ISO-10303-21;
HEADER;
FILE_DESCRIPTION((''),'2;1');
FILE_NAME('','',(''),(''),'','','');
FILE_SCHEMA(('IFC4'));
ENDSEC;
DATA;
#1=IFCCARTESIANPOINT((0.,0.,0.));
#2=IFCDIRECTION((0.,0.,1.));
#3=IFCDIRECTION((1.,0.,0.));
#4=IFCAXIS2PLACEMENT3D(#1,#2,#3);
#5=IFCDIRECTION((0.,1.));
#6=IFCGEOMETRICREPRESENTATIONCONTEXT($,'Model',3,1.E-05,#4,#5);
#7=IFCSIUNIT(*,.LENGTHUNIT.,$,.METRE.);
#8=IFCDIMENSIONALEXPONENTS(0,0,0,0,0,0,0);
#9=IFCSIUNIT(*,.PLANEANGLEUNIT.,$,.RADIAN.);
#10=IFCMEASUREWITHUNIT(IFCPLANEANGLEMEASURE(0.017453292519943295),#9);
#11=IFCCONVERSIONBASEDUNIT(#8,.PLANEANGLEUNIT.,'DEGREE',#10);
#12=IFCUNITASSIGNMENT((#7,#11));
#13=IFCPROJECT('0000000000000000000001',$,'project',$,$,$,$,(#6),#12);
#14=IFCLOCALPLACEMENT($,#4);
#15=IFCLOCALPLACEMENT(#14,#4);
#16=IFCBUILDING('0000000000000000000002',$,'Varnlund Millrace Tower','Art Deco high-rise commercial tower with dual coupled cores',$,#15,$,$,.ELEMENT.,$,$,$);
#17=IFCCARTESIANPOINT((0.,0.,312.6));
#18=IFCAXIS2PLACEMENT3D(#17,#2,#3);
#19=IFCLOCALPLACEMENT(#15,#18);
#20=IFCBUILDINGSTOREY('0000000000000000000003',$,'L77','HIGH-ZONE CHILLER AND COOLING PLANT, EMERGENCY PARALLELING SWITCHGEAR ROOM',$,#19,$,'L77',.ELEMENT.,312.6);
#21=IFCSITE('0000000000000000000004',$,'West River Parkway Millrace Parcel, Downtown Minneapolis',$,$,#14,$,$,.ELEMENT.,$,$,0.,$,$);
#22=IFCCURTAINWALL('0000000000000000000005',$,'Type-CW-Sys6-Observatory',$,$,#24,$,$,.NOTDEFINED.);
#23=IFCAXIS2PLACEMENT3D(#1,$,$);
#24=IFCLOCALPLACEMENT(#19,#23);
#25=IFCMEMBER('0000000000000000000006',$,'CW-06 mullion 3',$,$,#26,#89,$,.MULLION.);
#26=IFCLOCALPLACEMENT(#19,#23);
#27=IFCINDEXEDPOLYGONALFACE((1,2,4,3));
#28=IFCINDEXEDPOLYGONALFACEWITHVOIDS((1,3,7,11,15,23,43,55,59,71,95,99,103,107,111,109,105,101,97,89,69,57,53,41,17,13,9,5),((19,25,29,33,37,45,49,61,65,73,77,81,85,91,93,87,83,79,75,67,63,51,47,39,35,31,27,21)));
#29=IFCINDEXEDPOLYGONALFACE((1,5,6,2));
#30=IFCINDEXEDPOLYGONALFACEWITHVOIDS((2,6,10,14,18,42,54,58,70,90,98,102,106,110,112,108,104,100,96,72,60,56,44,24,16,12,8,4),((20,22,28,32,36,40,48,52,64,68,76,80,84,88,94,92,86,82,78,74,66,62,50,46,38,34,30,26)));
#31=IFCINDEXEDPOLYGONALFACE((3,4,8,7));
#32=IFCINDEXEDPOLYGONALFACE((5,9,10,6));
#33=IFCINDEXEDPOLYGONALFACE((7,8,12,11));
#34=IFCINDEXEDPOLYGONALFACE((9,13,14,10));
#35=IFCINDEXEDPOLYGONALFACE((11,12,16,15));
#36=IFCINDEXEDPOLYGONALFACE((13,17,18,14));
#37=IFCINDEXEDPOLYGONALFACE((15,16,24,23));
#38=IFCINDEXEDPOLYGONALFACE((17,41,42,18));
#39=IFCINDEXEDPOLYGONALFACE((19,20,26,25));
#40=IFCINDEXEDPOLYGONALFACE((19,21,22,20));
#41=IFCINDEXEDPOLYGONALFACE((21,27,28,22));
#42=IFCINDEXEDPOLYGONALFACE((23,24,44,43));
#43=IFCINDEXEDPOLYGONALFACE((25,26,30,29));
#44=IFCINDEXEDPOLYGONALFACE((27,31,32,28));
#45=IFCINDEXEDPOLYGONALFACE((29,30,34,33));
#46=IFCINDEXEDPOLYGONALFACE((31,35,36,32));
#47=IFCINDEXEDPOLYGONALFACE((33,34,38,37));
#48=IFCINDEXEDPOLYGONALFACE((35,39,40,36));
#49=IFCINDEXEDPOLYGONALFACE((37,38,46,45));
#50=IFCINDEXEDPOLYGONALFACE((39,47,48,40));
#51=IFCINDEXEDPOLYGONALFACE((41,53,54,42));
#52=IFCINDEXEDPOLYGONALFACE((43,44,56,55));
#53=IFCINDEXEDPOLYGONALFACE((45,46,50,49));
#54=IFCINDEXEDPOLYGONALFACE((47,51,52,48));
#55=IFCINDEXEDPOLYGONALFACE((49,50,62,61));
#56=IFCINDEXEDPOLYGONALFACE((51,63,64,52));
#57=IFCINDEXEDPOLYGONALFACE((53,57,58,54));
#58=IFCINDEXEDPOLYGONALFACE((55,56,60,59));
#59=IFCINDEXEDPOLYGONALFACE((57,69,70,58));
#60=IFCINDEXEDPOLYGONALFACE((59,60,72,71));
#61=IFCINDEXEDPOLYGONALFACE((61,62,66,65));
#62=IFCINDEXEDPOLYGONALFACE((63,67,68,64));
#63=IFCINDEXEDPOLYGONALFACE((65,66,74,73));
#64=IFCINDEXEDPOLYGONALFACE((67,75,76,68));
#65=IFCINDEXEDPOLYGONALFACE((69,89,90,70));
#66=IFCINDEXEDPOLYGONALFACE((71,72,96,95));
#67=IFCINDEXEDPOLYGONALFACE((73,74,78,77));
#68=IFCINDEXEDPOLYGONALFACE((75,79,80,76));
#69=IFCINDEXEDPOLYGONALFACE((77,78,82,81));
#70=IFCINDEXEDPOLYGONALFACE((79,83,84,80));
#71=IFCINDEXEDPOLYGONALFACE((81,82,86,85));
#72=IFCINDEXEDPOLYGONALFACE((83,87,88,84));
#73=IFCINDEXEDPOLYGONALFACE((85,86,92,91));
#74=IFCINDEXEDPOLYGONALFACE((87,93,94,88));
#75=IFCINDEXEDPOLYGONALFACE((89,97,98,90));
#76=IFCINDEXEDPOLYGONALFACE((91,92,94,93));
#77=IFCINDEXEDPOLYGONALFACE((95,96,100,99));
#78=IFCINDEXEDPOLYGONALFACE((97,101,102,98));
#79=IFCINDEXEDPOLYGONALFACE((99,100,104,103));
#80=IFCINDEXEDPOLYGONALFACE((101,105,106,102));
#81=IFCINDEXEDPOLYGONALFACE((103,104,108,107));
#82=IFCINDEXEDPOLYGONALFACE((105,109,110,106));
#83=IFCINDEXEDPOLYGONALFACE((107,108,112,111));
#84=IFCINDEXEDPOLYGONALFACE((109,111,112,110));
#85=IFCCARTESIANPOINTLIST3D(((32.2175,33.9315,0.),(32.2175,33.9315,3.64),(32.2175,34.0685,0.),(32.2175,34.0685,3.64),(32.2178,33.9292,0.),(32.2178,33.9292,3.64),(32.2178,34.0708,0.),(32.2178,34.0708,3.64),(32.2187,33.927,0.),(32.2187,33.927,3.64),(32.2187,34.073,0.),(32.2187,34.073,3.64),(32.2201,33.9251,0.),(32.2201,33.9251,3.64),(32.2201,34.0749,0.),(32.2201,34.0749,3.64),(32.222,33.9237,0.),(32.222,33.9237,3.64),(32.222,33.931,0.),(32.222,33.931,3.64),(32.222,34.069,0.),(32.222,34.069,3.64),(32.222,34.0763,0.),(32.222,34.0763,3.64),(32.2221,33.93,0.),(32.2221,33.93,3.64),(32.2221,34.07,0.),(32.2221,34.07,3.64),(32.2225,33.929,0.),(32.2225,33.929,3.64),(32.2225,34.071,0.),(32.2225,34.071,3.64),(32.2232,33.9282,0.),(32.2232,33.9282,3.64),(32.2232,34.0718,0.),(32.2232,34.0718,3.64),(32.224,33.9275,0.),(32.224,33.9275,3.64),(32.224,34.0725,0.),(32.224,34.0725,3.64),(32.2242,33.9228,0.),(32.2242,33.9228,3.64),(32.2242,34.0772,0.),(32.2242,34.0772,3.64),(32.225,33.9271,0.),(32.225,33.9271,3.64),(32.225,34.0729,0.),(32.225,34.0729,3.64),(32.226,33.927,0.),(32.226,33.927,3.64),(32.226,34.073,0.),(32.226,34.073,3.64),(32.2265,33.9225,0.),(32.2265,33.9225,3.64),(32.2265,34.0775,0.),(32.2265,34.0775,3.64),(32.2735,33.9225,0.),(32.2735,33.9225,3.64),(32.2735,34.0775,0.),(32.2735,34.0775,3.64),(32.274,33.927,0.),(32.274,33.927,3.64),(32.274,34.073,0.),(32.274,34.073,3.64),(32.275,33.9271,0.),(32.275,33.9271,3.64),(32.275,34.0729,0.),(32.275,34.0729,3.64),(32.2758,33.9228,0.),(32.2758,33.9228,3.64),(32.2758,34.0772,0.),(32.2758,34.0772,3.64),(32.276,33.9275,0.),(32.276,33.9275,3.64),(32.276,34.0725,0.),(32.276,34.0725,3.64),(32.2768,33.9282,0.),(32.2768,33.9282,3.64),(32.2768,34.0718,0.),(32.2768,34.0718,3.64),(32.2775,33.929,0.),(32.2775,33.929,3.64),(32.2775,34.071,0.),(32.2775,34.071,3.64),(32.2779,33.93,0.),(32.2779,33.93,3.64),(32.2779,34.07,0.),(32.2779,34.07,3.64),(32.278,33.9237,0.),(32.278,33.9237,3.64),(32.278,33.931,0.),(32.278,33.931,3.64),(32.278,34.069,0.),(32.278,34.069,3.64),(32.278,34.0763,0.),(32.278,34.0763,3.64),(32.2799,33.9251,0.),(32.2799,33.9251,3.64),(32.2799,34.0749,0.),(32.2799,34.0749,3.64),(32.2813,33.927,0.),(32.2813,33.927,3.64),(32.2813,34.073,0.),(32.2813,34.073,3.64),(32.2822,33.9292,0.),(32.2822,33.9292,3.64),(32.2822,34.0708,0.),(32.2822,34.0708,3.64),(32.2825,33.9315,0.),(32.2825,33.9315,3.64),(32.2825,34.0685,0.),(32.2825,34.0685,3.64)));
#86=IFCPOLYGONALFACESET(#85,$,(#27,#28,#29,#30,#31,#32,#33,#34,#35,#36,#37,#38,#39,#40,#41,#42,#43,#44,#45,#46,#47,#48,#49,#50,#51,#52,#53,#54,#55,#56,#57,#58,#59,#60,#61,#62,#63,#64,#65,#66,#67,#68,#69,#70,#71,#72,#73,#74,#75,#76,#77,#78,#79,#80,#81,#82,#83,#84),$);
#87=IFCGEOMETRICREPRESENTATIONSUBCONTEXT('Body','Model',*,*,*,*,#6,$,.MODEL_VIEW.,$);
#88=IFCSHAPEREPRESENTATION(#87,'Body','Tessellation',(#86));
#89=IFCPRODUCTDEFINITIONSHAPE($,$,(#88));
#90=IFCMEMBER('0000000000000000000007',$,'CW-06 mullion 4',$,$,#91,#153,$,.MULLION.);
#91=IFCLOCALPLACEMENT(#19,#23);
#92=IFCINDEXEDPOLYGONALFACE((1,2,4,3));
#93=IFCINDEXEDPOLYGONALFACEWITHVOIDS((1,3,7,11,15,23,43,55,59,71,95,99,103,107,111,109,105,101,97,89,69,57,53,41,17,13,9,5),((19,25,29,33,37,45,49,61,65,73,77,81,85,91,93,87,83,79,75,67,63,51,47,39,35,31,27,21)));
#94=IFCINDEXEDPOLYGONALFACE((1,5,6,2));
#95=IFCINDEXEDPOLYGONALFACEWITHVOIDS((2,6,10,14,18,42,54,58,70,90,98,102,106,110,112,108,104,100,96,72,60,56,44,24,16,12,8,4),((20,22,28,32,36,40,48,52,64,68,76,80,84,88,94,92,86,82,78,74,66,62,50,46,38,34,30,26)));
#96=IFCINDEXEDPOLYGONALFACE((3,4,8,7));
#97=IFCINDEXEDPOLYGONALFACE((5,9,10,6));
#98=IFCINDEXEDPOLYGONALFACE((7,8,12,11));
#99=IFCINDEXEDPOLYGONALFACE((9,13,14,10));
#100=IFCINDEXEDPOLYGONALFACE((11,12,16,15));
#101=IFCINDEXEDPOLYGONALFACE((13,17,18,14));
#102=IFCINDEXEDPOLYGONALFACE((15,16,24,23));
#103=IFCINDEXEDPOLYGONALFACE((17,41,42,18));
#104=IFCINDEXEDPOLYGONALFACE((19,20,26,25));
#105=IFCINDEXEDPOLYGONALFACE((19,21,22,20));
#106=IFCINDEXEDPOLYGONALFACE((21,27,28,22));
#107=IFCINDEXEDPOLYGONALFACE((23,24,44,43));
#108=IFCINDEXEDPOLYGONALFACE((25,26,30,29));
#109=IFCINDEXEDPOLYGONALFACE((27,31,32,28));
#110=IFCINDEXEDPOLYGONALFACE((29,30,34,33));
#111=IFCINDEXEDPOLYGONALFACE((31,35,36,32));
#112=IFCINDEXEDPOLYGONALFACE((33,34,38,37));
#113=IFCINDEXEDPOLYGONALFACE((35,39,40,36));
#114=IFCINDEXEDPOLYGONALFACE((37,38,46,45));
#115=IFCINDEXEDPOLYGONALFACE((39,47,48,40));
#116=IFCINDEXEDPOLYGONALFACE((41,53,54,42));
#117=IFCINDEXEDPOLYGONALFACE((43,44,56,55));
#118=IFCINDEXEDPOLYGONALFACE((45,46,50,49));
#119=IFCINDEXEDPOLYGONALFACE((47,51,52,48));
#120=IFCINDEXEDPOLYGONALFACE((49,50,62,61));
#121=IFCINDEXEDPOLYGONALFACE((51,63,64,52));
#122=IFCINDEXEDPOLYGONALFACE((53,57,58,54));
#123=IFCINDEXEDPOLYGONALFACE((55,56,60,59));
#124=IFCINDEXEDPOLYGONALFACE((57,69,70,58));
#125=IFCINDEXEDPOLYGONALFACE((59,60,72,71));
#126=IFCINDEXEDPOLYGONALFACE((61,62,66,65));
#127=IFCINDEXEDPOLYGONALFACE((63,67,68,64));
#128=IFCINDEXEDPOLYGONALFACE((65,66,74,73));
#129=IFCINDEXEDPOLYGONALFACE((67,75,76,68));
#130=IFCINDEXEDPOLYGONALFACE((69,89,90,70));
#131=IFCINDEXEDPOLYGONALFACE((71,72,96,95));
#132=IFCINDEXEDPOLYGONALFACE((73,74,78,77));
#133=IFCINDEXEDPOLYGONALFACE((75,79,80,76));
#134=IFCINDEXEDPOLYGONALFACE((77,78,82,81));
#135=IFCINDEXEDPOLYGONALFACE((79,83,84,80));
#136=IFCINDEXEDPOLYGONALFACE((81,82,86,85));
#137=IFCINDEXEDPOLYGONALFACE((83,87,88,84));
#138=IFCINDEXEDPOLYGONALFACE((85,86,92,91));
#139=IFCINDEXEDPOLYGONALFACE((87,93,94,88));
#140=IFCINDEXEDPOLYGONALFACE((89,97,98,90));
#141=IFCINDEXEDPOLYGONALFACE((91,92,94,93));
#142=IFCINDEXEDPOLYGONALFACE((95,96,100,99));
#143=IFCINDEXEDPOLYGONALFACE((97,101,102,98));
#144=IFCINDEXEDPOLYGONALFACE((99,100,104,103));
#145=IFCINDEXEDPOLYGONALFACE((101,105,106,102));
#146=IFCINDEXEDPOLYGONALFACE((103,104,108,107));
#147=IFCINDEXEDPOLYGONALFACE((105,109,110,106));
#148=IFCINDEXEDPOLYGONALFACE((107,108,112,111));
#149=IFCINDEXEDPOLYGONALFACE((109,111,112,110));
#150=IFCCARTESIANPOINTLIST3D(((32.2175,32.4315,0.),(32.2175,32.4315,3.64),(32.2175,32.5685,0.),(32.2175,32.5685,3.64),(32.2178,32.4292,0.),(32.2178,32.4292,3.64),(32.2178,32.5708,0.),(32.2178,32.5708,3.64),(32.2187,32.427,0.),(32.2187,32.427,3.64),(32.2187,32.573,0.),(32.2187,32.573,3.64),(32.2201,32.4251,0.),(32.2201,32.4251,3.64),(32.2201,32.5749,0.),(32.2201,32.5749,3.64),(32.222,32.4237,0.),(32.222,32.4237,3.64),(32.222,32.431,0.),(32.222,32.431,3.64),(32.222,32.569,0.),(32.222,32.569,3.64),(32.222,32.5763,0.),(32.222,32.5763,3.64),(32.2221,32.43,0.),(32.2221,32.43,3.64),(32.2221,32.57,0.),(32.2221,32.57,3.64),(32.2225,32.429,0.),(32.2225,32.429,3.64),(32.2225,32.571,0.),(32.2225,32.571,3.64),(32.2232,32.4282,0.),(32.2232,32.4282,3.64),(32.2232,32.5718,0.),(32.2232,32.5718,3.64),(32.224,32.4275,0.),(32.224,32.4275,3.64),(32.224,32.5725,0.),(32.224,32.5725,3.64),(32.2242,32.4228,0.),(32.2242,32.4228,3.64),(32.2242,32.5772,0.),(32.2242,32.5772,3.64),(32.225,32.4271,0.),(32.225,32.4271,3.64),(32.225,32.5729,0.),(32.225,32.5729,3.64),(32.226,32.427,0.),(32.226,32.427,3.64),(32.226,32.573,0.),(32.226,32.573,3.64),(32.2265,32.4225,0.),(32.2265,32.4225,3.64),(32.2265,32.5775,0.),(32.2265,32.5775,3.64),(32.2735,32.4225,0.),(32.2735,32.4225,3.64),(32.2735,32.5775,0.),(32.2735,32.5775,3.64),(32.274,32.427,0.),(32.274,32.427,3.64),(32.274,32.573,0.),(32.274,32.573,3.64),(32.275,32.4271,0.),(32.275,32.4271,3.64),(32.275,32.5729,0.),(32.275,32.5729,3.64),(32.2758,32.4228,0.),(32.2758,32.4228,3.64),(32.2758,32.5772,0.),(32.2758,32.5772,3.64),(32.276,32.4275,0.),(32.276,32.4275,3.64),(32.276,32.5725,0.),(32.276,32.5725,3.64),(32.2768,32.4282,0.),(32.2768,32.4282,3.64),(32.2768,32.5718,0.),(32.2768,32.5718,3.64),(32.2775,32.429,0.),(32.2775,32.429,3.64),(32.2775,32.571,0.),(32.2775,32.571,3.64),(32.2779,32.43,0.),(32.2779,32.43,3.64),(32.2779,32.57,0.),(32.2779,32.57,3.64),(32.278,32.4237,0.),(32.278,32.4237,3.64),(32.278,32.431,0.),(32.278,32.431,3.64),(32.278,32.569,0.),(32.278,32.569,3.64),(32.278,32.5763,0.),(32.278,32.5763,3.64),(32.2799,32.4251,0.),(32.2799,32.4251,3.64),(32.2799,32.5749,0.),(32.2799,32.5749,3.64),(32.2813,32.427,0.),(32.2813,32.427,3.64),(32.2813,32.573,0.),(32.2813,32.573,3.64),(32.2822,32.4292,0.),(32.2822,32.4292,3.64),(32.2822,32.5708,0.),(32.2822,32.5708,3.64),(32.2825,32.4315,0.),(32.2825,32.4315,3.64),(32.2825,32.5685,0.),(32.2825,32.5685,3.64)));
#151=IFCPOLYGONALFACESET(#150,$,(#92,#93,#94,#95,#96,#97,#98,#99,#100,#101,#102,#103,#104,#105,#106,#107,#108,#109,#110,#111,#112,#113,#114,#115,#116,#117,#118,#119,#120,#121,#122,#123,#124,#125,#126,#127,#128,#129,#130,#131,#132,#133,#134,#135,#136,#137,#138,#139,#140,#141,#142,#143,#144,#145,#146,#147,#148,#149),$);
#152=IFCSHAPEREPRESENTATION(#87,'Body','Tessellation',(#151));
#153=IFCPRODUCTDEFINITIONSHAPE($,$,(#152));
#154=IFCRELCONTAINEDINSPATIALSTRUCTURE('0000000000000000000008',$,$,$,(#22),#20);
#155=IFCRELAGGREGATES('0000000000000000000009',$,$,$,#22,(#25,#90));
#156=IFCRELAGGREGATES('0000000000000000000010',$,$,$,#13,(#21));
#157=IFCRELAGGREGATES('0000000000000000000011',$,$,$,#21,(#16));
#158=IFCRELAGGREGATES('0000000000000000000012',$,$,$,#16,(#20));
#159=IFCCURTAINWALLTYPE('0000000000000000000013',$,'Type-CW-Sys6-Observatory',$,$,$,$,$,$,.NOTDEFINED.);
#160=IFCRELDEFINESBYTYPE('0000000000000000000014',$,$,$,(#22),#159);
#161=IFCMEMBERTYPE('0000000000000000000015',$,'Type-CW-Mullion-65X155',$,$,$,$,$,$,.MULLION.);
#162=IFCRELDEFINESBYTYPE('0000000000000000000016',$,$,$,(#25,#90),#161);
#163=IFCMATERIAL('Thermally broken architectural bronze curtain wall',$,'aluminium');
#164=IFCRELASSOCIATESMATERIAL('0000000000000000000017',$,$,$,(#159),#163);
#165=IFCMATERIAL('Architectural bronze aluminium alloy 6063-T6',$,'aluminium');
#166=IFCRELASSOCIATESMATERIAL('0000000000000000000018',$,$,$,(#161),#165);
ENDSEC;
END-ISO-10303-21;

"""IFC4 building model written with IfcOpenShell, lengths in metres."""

from ifc_helpers import new_model, entity, si_unit, converted_unit, direction, frame, origin_with_axes, origin_2d_with_axis, place, context, subcontext, project, spatial, hollow_rectangle, extrude, material, material_profile, profile_set, type_object, element, aggregate, save


model = new_model("IFC4")

# Units and contexts
model_context = context("Model", 3, precision=1e-05, world=origin_with_axes(), true_north=direction((0.0, 1.0)))
body_context = subcontext(model_context, "Body", "Model", "MODEL_VIEW")
ifc_project = project(units=[si_unit("LENGTHUNIT", "METRE"), converted_unit("PLANEANGLEUNIT", "DEGREE", entity("IfcPlaneAngleMeasure", 0.017453292519943295), si_unit("PLANEANGLEUNIT", "RADIAN"), dimensions=[0, 0, 0, 0, 0, 0, 0])], contexts=[model_context])

# Site, building, storey
site_placement = place(None, origin_with_axes())
site = spatial("IfcSite", under=ifc_project, at=site_placement, Name="West River Parkway Millrace Parcel, Downtown Minneapolis", CompositionType="ELEMENT", RefElevation=0.0)
building_placement = place(site_placement, origin_with_axes())
building = spatial("IfcBuilding", under=site, at=building_placement, Name="Varnlund Millrace Tower", Description="Art Deco high-rise commercial tower with dual coupled cores", CompositionType="ELEMENT")
storey_placement = place(building_placement, frame((0.0, 0.0, 312.6), z_axis=(0.0, 0.0, 1.0), x_axis=(1.0, 0.0, 0.0)))
storey = spatial("IfcBuildingStorey", under=building, at=storey_placement, Name="L77", Description="HIGH-ZONE CHILLER AND COOLING PLANT, EMERGENCY PARALLELING SWITCHGEAR ROOM", LongName="L77", CompositionType="ELEMENT", Elevation=312.6)

# Curtain wall, members
ifc_material_1 = material(Name="Thermally broken architectural bronze curtain wall", Category="aluminium")
curtain_wall_type = type_object("IfcCurtainWallType", Name="Type-CW-Sys6-Observatory", PredefinedType="NOTDEFINED", material=ifc_material_1)
curtain_wall_1_placement = place(storey_placement, frame((32.25, 37.0, 0.0), z_axis=(0.0, 0.0, 1.0), x_axis=(1.0, 0.0, 0.0)))
curtain_wall_1 = element("IfcCurtainWall", 1, at=curtain_wall_1_placement, inside=storey, type_object=curtain_wall_type, Name="Type-CW-Sys6-Observatory", PredefinedType="NOTDEFINED")
ifc_material_2 = material(Name="Architectural bronze aluminium alloy 6063-T6", Category="aluminium")
ifc_material_profile_1 = material_profile(ifc_material_2, hollow_rectangle(XDim=0.065, YDim=0.155, WallThickness=0.0045, InnerFilletRadius=0.004, OuterFilletRadius=0.009, at=origin_2d_with_axis()), Name="Architectural bronze aluminium alloy 6063-T6")
ifc_profile_set_1 = profile_set([ifc_material_profile_1], Name="Architectural bronze aluminium alloy 6063-T6")
member_type = type_object("IfcMemberType", Name="Type-CW-Mullion-65X155", PredefinedType="MULLION", material=ifc_profile_set_1)
member_1_placement = place(storey_placement, frame((32.25, 34.0, 0.0), z_axis=(0.0, 0.0, 1.0), x_axis=(1.0, 0.0, 0.0)))
member_1 = element("IfcMember", 2, at=member_1_placement, type_object=member_type, Name="CW-06 mullion 3", PredefinedType="MULLION", context=body_context, shape_type="SweptSolid", body=[
    extrude(hollow_rectangle(XDim=0.065, YDim=0.155, WallThickness=0.0045, InnerFilletRadius=0.004, OuterFilletRadius=0.009, at=origin_2d_with_axis()), origin_with_axes(), (0.0, 0.0, 1.0), 3.64),
])
member_2_placement = place(storey_placement, frame((32.25, 32.5, 0.0), z_axis=(0.0, 0.0, 1.0), x_axis=(1.0, 0.0, 0.0)))
member_2 = element("IfcMember", 3, at=member_2_placement, type_object=member_type, Name="CW-06 mullion 4", PredefinedType="MULLION", context=body_context, shape_type="SweptSolid", body=[
    extrude(hollow_rectangle(XDim=0.065, YDim=0.155, WallThickness=0.0045, InnerFilletRadius=0.004, OuterFilletRadius=0.009, at=origin_2d_with_axis()), origin_with_axes(), (0.0, 0.0, 1.0), 3.64),
])
aggregate(curtain_wall_1, [member_1, member_2])

save(model, "model.ifc")
